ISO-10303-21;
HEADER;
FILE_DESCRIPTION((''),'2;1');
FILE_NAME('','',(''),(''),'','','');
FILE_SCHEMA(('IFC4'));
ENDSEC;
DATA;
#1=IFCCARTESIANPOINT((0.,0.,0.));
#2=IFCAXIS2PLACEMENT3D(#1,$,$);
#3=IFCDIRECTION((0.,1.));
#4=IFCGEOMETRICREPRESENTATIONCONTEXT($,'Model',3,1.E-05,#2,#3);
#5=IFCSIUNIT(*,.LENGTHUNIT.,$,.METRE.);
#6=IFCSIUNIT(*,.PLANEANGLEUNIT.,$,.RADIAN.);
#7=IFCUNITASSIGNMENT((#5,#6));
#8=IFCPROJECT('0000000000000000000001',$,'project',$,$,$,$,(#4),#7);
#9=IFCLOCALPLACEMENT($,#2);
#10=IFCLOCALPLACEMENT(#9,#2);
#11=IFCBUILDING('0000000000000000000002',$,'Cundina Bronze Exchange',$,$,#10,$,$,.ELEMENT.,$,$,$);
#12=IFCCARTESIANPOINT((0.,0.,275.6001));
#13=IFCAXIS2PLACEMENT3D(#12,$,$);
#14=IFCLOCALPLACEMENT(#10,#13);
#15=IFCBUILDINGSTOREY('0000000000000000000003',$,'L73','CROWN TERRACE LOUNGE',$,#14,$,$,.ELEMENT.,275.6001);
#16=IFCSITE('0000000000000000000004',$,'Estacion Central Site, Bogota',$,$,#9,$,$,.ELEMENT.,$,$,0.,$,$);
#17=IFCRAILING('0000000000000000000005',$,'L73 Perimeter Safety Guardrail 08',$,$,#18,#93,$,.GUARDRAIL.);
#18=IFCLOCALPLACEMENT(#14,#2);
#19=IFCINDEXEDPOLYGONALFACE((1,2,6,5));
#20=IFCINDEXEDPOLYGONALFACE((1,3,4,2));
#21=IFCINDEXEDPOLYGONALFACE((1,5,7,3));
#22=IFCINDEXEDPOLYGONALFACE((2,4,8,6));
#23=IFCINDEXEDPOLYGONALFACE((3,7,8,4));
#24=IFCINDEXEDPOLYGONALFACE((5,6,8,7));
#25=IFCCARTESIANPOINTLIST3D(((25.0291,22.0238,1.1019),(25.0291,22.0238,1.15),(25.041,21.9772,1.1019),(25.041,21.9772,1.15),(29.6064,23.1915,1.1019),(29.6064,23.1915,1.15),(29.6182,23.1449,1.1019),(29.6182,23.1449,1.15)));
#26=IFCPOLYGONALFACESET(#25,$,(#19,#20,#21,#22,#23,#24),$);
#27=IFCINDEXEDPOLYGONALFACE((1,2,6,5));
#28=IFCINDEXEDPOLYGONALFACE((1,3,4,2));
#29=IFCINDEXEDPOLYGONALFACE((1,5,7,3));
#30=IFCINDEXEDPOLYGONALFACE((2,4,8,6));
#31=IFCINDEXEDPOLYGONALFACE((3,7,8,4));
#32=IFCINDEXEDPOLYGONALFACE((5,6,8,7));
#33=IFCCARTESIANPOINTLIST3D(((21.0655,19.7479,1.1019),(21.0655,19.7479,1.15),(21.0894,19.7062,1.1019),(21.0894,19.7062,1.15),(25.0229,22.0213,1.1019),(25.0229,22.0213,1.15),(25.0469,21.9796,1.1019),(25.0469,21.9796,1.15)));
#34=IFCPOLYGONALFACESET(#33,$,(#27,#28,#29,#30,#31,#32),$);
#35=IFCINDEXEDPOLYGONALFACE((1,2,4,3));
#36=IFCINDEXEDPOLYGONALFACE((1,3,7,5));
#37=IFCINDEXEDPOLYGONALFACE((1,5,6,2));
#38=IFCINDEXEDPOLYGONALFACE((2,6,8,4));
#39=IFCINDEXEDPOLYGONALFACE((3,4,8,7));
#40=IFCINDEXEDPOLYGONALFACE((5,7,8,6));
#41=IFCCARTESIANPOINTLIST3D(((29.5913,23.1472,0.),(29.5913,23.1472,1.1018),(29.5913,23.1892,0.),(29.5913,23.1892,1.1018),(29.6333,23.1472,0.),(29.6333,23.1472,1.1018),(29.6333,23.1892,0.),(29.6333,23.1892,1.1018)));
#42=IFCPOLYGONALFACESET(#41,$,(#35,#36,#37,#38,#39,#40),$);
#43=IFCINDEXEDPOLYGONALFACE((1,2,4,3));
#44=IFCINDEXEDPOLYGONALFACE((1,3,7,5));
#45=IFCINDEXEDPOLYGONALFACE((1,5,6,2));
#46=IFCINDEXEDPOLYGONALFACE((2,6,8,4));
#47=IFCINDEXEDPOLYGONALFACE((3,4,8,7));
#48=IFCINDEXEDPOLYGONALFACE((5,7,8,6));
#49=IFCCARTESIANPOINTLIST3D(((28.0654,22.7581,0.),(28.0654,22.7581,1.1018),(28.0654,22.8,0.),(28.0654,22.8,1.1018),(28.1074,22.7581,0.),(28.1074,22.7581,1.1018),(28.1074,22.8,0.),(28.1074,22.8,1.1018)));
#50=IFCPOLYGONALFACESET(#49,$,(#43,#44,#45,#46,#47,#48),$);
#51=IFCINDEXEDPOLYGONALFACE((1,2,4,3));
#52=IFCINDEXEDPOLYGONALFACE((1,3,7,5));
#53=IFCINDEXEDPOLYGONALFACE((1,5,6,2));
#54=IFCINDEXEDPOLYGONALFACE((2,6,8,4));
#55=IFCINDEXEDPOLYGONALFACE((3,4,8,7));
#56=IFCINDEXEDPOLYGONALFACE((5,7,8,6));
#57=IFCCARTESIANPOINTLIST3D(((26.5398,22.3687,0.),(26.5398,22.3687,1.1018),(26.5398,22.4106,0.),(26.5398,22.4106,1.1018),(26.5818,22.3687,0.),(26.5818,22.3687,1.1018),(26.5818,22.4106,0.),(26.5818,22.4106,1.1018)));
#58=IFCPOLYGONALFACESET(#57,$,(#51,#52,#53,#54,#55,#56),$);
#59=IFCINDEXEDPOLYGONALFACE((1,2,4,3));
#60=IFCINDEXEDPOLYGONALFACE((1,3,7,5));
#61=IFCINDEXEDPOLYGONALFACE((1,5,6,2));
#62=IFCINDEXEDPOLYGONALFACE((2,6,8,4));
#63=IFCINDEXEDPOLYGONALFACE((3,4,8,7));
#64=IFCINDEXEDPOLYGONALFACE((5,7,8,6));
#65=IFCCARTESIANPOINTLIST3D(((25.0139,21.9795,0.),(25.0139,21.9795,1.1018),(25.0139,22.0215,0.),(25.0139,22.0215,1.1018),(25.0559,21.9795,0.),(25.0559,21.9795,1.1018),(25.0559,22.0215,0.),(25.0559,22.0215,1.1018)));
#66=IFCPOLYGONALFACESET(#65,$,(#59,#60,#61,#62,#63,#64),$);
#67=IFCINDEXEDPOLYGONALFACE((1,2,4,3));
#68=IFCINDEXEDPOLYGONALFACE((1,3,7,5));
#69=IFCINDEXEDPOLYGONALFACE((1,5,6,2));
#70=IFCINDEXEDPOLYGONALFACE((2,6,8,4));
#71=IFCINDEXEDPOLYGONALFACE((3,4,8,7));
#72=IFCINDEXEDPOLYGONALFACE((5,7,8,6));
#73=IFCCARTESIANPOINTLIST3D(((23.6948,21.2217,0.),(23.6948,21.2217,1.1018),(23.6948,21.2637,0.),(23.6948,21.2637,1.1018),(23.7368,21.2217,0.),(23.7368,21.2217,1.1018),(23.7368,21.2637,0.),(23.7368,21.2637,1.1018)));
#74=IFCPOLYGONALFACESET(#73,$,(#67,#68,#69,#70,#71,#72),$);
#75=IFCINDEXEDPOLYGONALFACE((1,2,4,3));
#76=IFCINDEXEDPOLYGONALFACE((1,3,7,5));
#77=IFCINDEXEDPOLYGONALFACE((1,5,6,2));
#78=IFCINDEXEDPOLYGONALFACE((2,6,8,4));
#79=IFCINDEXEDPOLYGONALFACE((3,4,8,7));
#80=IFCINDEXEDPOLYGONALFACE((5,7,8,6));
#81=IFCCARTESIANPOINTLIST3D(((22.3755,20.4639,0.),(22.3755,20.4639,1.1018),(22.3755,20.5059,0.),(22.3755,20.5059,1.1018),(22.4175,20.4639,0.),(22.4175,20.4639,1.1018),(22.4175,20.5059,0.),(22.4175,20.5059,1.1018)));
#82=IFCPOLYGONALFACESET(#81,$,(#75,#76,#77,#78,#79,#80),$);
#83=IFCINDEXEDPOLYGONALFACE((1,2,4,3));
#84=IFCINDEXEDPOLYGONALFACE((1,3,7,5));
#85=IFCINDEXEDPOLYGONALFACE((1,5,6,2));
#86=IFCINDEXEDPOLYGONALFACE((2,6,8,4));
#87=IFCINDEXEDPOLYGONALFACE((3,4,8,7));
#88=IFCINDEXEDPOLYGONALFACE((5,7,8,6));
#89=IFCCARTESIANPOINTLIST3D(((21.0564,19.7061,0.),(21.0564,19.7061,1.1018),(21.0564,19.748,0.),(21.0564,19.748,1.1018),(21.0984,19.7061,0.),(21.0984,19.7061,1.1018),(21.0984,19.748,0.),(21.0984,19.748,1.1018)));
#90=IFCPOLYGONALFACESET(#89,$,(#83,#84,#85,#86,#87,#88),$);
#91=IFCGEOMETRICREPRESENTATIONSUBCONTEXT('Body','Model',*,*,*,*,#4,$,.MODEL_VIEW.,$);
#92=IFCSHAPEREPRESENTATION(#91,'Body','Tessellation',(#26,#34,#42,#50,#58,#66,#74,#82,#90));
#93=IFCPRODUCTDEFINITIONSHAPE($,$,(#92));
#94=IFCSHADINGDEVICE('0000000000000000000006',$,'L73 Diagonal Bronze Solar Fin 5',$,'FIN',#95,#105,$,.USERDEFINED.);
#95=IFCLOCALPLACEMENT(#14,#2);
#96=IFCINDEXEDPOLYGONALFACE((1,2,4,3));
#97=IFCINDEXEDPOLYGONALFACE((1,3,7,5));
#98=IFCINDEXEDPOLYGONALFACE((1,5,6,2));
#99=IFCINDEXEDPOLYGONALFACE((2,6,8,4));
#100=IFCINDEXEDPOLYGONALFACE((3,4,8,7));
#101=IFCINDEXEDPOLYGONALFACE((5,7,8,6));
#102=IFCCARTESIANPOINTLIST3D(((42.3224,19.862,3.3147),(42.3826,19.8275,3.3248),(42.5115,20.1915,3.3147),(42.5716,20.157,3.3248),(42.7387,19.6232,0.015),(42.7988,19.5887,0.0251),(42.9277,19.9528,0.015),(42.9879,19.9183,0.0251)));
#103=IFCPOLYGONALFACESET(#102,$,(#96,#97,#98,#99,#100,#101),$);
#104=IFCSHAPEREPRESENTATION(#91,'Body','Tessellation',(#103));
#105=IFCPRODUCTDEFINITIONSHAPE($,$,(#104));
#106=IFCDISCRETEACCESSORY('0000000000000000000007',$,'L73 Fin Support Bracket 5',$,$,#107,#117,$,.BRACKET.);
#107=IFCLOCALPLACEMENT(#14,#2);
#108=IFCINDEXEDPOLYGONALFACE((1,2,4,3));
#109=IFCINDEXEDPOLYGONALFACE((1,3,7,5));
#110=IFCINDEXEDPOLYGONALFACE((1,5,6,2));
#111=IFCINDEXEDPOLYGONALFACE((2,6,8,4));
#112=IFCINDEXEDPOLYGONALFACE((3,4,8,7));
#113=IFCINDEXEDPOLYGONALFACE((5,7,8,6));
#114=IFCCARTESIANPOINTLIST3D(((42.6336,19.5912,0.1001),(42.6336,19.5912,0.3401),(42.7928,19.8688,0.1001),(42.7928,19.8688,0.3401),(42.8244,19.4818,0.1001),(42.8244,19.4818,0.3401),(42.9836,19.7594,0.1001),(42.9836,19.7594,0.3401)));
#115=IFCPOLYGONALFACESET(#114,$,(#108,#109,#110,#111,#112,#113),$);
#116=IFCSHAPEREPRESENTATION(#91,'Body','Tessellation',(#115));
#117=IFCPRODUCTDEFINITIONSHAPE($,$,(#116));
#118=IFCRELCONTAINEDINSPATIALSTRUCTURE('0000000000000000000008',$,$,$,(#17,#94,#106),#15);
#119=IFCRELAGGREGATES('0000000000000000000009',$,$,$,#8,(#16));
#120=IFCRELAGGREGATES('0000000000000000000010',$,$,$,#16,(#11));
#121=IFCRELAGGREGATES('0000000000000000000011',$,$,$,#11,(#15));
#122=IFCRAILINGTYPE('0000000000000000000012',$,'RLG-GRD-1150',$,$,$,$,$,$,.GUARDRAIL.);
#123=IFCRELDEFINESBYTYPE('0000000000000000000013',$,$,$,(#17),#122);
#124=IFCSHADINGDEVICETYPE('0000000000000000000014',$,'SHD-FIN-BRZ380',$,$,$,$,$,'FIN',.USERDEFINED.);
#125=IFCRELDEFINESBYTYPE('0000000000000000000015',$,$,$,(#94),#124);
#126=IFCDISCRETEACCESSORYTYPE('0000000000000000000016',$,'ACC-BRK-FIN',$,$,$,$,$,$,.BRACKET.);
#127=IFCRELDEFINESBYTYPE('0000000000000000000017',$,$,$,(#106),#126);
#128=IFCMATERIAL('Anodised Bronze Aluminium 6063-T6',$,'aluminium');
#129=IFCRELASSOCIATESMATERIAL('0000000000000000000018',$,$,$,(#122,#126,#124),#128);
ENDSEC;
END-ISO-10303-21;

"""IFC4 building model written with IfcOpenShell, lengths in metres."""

from ifc_helpers import new_model, si_unit, direction, frame, origin, origin_2d, place, context, subcontext, project, spatial, rectangle, extrude, material, material_profile, profile_set, type_object, element, save


model = new_model("IFC4")

# Units and contexts
model_context = context("Model", 3, precision=1e-05, world=origin(), true_north=direction((0.0, 1.0)))
body_context = subcontext(model_context, "Body", "Model", "MODEL_VIEW")
ifc_project = project(units=[si_unit("LENGTHUNIT", "METRE"), si_unit("PLANEANGLEUNIT", "RADIAN")], contexts=[model_context])

# Site, building, storey
site_placement = place(None, origin())
site = spatial("IfcSite", under=ifc_project, at=site_placement, Name="Estacion Central Site, Bogota", CompositionType="ELEMENT", RefElevation=0.0)
building_placement = place(site_placement, origin())
building = spatial("IfcBuilding", under=site, at=building_placement, Name="Cundina Bronze Exchange", CompositionType="ELEMENT")
storey_placement = place(building_placement, frame((0.0, 0.0, 275.6001)))
storey = spatial("IfcBuildingStorey", under=building, at=storey_placement, Name="L73", Description="CROWN TERRACE LOUNGE", CompositionType="ELEMENT", Elevation=275.6001)

# Shared definitions
ifc_material_1 = material(Name="Anodised Bronze Aluminium 6063-T6", Category="aluminium")

# Railing
railing_type = type_object("IfcRailingType", Name="RLG-GRD-1150", PredefinedType="GUARDRAIL", material=ifc_material_1)
railing_1_placement = place(storey_placement, frame((29.6123, 23.1682, 0.0)))
element("IfcRailing", 1, at=railing_1_placement, inside=storey, type_object=railing_type, Name="L73 Perimeter Safety Guardrail 08", PredefinedType="GUARDRAIL", context=body_context, shape_type="SweptSolid", body=[
    extrude(rectangle(XDim=0.0481, YDim=0.0481, at=origin_2d()), frame((0.0, 0.0, 1.126), z_axis=(-0.968967, -0.24719, 0.0), x_axis=(0.24719, -0.968967, 0.0)), (0.0, 0.0, 1.0), 4.7239),
    extrude(rectangle(XDim=0.0481, YDim=0.0481, at=origin_2d()), frame((-4.5774, -1.1677, 1.126), z_axis=(-0.867108, -0.498119, 0.0), x_axis=(0.498119, -0.867108, 0.0)), (0.0, 0.0, 1.0), 4.564),
    extrude(rectangle(XDim=0.042, YDim=0.042, at=origin_2d()), origin(), (0.0, 0.0, 1.0), 1.1018),
    extrude(rectangle(XDim=0.042, YDim=0.042, at=origin_2d()), frame((-1.5259, -0.3892, 0.0)), (0.0, 0.0, 1.0), 1.1018),
    extrude(rectangle(XDim=0.042, YDim=0.042, at=origin_2d()), frame((-3.0515, -0.7786, 0.0)), (0.0, 0.0, 1.0), 1.1018),
    extrude(rectangle(XDim=0.042, YDim=0.042, at=origin_2d()), frame((-4.5774, -1.1677, 0.0)), (0.0, 0.0, 1.0), 1.1018),
    extrude(rectangle(XDim=0.042, YDim=0.042, at=origin_2d()), frame((-5.8965, -1.9255, 0.0)), (0.0, 0.0, 1.0), 1.1018),
    extrude(rectangle(XDim=0.042, YDim=0.042, at=origin_2d()), frame((-7.2158, -2.6833, 0.0)), (0.0, 0.0, 1.0), 1.1018),
    extrude(rectangle(XDim=0.042, YDim=0.042, at=origin_2d()), frame((-8.5349, -3.4412, 0.0)), (0.0, 0.0, 1.0), 1.1018),
])

# Shading device
ifc_material_profile_1 = material_profile(ifc_material_1, rectangle(XDim=0.0701, YDim=0.3799, at=origin_2d()), Name="FIN70X380", Category="aluminium")
ifc_profile_set_1 = profile_set([ifc_material_profile_1], Name="Anodised Bronze Aluminium 6063-T6")
shading_device_type = type_object("IfcShadingDeviceType", Name="SHD-FIN-BRZ380", ElementType="FIN", PredefinedType="USERDEFINED", material=ifc_profile_set_1)
shading_device_placement = place(storey_placement, frame((42.8633, 19.7708, 0.02), z_axis=(-0.124834, 0.071605, 0.98959), x_axis=(0.858398, -0.492383, 0.143912)))
element("IfcShadingDevice", 2, at=shading_device_placement, inside=storey, type_object=shading_device_type, Name="L73 Diagonal Bronze Solar Fin 5", ObjectType="FIN", PredefinedType="USERDEFINED", context=body_context, shape_type="SweptSolid", body=[
    extrude(rectangle(XDim=0.0701, YDim=0.3799, at=origin_2d()), origin(), (0.0, 0.0, 1.0), 3.3345),
])

# Discrete accessory
discrete_accessory_type = type_object("IfcDiscreteAccessoryType", Name="ACC-BRK-FIN", PredefinedType="BRACKET", material=ifc_material_1)
discrete_accessory_placement = place(storey_placement, frame((42.8086, 19.6753, 0.1001), z_axis=(0.0, 0.0, 1.0), x_axis=(-0.867453, 0.497519, 0.0)))
element("IfcDiscreteAccessory", 3, at=discrete_accessory_placement, inside=storey, type_object=discrete_accessory_type, Name="L73 Fin Support Bracket 5", PredefinedType="BRACKET", context=body_context, shape_type="SweptSolid", body=[
    extrude(rectangle(XDim=0.22, YDim=0.3201, at=origin_2d()), origin(), (0.0, 0.0, 1.0), 0.24),
])

save(model, "model.ifc")
